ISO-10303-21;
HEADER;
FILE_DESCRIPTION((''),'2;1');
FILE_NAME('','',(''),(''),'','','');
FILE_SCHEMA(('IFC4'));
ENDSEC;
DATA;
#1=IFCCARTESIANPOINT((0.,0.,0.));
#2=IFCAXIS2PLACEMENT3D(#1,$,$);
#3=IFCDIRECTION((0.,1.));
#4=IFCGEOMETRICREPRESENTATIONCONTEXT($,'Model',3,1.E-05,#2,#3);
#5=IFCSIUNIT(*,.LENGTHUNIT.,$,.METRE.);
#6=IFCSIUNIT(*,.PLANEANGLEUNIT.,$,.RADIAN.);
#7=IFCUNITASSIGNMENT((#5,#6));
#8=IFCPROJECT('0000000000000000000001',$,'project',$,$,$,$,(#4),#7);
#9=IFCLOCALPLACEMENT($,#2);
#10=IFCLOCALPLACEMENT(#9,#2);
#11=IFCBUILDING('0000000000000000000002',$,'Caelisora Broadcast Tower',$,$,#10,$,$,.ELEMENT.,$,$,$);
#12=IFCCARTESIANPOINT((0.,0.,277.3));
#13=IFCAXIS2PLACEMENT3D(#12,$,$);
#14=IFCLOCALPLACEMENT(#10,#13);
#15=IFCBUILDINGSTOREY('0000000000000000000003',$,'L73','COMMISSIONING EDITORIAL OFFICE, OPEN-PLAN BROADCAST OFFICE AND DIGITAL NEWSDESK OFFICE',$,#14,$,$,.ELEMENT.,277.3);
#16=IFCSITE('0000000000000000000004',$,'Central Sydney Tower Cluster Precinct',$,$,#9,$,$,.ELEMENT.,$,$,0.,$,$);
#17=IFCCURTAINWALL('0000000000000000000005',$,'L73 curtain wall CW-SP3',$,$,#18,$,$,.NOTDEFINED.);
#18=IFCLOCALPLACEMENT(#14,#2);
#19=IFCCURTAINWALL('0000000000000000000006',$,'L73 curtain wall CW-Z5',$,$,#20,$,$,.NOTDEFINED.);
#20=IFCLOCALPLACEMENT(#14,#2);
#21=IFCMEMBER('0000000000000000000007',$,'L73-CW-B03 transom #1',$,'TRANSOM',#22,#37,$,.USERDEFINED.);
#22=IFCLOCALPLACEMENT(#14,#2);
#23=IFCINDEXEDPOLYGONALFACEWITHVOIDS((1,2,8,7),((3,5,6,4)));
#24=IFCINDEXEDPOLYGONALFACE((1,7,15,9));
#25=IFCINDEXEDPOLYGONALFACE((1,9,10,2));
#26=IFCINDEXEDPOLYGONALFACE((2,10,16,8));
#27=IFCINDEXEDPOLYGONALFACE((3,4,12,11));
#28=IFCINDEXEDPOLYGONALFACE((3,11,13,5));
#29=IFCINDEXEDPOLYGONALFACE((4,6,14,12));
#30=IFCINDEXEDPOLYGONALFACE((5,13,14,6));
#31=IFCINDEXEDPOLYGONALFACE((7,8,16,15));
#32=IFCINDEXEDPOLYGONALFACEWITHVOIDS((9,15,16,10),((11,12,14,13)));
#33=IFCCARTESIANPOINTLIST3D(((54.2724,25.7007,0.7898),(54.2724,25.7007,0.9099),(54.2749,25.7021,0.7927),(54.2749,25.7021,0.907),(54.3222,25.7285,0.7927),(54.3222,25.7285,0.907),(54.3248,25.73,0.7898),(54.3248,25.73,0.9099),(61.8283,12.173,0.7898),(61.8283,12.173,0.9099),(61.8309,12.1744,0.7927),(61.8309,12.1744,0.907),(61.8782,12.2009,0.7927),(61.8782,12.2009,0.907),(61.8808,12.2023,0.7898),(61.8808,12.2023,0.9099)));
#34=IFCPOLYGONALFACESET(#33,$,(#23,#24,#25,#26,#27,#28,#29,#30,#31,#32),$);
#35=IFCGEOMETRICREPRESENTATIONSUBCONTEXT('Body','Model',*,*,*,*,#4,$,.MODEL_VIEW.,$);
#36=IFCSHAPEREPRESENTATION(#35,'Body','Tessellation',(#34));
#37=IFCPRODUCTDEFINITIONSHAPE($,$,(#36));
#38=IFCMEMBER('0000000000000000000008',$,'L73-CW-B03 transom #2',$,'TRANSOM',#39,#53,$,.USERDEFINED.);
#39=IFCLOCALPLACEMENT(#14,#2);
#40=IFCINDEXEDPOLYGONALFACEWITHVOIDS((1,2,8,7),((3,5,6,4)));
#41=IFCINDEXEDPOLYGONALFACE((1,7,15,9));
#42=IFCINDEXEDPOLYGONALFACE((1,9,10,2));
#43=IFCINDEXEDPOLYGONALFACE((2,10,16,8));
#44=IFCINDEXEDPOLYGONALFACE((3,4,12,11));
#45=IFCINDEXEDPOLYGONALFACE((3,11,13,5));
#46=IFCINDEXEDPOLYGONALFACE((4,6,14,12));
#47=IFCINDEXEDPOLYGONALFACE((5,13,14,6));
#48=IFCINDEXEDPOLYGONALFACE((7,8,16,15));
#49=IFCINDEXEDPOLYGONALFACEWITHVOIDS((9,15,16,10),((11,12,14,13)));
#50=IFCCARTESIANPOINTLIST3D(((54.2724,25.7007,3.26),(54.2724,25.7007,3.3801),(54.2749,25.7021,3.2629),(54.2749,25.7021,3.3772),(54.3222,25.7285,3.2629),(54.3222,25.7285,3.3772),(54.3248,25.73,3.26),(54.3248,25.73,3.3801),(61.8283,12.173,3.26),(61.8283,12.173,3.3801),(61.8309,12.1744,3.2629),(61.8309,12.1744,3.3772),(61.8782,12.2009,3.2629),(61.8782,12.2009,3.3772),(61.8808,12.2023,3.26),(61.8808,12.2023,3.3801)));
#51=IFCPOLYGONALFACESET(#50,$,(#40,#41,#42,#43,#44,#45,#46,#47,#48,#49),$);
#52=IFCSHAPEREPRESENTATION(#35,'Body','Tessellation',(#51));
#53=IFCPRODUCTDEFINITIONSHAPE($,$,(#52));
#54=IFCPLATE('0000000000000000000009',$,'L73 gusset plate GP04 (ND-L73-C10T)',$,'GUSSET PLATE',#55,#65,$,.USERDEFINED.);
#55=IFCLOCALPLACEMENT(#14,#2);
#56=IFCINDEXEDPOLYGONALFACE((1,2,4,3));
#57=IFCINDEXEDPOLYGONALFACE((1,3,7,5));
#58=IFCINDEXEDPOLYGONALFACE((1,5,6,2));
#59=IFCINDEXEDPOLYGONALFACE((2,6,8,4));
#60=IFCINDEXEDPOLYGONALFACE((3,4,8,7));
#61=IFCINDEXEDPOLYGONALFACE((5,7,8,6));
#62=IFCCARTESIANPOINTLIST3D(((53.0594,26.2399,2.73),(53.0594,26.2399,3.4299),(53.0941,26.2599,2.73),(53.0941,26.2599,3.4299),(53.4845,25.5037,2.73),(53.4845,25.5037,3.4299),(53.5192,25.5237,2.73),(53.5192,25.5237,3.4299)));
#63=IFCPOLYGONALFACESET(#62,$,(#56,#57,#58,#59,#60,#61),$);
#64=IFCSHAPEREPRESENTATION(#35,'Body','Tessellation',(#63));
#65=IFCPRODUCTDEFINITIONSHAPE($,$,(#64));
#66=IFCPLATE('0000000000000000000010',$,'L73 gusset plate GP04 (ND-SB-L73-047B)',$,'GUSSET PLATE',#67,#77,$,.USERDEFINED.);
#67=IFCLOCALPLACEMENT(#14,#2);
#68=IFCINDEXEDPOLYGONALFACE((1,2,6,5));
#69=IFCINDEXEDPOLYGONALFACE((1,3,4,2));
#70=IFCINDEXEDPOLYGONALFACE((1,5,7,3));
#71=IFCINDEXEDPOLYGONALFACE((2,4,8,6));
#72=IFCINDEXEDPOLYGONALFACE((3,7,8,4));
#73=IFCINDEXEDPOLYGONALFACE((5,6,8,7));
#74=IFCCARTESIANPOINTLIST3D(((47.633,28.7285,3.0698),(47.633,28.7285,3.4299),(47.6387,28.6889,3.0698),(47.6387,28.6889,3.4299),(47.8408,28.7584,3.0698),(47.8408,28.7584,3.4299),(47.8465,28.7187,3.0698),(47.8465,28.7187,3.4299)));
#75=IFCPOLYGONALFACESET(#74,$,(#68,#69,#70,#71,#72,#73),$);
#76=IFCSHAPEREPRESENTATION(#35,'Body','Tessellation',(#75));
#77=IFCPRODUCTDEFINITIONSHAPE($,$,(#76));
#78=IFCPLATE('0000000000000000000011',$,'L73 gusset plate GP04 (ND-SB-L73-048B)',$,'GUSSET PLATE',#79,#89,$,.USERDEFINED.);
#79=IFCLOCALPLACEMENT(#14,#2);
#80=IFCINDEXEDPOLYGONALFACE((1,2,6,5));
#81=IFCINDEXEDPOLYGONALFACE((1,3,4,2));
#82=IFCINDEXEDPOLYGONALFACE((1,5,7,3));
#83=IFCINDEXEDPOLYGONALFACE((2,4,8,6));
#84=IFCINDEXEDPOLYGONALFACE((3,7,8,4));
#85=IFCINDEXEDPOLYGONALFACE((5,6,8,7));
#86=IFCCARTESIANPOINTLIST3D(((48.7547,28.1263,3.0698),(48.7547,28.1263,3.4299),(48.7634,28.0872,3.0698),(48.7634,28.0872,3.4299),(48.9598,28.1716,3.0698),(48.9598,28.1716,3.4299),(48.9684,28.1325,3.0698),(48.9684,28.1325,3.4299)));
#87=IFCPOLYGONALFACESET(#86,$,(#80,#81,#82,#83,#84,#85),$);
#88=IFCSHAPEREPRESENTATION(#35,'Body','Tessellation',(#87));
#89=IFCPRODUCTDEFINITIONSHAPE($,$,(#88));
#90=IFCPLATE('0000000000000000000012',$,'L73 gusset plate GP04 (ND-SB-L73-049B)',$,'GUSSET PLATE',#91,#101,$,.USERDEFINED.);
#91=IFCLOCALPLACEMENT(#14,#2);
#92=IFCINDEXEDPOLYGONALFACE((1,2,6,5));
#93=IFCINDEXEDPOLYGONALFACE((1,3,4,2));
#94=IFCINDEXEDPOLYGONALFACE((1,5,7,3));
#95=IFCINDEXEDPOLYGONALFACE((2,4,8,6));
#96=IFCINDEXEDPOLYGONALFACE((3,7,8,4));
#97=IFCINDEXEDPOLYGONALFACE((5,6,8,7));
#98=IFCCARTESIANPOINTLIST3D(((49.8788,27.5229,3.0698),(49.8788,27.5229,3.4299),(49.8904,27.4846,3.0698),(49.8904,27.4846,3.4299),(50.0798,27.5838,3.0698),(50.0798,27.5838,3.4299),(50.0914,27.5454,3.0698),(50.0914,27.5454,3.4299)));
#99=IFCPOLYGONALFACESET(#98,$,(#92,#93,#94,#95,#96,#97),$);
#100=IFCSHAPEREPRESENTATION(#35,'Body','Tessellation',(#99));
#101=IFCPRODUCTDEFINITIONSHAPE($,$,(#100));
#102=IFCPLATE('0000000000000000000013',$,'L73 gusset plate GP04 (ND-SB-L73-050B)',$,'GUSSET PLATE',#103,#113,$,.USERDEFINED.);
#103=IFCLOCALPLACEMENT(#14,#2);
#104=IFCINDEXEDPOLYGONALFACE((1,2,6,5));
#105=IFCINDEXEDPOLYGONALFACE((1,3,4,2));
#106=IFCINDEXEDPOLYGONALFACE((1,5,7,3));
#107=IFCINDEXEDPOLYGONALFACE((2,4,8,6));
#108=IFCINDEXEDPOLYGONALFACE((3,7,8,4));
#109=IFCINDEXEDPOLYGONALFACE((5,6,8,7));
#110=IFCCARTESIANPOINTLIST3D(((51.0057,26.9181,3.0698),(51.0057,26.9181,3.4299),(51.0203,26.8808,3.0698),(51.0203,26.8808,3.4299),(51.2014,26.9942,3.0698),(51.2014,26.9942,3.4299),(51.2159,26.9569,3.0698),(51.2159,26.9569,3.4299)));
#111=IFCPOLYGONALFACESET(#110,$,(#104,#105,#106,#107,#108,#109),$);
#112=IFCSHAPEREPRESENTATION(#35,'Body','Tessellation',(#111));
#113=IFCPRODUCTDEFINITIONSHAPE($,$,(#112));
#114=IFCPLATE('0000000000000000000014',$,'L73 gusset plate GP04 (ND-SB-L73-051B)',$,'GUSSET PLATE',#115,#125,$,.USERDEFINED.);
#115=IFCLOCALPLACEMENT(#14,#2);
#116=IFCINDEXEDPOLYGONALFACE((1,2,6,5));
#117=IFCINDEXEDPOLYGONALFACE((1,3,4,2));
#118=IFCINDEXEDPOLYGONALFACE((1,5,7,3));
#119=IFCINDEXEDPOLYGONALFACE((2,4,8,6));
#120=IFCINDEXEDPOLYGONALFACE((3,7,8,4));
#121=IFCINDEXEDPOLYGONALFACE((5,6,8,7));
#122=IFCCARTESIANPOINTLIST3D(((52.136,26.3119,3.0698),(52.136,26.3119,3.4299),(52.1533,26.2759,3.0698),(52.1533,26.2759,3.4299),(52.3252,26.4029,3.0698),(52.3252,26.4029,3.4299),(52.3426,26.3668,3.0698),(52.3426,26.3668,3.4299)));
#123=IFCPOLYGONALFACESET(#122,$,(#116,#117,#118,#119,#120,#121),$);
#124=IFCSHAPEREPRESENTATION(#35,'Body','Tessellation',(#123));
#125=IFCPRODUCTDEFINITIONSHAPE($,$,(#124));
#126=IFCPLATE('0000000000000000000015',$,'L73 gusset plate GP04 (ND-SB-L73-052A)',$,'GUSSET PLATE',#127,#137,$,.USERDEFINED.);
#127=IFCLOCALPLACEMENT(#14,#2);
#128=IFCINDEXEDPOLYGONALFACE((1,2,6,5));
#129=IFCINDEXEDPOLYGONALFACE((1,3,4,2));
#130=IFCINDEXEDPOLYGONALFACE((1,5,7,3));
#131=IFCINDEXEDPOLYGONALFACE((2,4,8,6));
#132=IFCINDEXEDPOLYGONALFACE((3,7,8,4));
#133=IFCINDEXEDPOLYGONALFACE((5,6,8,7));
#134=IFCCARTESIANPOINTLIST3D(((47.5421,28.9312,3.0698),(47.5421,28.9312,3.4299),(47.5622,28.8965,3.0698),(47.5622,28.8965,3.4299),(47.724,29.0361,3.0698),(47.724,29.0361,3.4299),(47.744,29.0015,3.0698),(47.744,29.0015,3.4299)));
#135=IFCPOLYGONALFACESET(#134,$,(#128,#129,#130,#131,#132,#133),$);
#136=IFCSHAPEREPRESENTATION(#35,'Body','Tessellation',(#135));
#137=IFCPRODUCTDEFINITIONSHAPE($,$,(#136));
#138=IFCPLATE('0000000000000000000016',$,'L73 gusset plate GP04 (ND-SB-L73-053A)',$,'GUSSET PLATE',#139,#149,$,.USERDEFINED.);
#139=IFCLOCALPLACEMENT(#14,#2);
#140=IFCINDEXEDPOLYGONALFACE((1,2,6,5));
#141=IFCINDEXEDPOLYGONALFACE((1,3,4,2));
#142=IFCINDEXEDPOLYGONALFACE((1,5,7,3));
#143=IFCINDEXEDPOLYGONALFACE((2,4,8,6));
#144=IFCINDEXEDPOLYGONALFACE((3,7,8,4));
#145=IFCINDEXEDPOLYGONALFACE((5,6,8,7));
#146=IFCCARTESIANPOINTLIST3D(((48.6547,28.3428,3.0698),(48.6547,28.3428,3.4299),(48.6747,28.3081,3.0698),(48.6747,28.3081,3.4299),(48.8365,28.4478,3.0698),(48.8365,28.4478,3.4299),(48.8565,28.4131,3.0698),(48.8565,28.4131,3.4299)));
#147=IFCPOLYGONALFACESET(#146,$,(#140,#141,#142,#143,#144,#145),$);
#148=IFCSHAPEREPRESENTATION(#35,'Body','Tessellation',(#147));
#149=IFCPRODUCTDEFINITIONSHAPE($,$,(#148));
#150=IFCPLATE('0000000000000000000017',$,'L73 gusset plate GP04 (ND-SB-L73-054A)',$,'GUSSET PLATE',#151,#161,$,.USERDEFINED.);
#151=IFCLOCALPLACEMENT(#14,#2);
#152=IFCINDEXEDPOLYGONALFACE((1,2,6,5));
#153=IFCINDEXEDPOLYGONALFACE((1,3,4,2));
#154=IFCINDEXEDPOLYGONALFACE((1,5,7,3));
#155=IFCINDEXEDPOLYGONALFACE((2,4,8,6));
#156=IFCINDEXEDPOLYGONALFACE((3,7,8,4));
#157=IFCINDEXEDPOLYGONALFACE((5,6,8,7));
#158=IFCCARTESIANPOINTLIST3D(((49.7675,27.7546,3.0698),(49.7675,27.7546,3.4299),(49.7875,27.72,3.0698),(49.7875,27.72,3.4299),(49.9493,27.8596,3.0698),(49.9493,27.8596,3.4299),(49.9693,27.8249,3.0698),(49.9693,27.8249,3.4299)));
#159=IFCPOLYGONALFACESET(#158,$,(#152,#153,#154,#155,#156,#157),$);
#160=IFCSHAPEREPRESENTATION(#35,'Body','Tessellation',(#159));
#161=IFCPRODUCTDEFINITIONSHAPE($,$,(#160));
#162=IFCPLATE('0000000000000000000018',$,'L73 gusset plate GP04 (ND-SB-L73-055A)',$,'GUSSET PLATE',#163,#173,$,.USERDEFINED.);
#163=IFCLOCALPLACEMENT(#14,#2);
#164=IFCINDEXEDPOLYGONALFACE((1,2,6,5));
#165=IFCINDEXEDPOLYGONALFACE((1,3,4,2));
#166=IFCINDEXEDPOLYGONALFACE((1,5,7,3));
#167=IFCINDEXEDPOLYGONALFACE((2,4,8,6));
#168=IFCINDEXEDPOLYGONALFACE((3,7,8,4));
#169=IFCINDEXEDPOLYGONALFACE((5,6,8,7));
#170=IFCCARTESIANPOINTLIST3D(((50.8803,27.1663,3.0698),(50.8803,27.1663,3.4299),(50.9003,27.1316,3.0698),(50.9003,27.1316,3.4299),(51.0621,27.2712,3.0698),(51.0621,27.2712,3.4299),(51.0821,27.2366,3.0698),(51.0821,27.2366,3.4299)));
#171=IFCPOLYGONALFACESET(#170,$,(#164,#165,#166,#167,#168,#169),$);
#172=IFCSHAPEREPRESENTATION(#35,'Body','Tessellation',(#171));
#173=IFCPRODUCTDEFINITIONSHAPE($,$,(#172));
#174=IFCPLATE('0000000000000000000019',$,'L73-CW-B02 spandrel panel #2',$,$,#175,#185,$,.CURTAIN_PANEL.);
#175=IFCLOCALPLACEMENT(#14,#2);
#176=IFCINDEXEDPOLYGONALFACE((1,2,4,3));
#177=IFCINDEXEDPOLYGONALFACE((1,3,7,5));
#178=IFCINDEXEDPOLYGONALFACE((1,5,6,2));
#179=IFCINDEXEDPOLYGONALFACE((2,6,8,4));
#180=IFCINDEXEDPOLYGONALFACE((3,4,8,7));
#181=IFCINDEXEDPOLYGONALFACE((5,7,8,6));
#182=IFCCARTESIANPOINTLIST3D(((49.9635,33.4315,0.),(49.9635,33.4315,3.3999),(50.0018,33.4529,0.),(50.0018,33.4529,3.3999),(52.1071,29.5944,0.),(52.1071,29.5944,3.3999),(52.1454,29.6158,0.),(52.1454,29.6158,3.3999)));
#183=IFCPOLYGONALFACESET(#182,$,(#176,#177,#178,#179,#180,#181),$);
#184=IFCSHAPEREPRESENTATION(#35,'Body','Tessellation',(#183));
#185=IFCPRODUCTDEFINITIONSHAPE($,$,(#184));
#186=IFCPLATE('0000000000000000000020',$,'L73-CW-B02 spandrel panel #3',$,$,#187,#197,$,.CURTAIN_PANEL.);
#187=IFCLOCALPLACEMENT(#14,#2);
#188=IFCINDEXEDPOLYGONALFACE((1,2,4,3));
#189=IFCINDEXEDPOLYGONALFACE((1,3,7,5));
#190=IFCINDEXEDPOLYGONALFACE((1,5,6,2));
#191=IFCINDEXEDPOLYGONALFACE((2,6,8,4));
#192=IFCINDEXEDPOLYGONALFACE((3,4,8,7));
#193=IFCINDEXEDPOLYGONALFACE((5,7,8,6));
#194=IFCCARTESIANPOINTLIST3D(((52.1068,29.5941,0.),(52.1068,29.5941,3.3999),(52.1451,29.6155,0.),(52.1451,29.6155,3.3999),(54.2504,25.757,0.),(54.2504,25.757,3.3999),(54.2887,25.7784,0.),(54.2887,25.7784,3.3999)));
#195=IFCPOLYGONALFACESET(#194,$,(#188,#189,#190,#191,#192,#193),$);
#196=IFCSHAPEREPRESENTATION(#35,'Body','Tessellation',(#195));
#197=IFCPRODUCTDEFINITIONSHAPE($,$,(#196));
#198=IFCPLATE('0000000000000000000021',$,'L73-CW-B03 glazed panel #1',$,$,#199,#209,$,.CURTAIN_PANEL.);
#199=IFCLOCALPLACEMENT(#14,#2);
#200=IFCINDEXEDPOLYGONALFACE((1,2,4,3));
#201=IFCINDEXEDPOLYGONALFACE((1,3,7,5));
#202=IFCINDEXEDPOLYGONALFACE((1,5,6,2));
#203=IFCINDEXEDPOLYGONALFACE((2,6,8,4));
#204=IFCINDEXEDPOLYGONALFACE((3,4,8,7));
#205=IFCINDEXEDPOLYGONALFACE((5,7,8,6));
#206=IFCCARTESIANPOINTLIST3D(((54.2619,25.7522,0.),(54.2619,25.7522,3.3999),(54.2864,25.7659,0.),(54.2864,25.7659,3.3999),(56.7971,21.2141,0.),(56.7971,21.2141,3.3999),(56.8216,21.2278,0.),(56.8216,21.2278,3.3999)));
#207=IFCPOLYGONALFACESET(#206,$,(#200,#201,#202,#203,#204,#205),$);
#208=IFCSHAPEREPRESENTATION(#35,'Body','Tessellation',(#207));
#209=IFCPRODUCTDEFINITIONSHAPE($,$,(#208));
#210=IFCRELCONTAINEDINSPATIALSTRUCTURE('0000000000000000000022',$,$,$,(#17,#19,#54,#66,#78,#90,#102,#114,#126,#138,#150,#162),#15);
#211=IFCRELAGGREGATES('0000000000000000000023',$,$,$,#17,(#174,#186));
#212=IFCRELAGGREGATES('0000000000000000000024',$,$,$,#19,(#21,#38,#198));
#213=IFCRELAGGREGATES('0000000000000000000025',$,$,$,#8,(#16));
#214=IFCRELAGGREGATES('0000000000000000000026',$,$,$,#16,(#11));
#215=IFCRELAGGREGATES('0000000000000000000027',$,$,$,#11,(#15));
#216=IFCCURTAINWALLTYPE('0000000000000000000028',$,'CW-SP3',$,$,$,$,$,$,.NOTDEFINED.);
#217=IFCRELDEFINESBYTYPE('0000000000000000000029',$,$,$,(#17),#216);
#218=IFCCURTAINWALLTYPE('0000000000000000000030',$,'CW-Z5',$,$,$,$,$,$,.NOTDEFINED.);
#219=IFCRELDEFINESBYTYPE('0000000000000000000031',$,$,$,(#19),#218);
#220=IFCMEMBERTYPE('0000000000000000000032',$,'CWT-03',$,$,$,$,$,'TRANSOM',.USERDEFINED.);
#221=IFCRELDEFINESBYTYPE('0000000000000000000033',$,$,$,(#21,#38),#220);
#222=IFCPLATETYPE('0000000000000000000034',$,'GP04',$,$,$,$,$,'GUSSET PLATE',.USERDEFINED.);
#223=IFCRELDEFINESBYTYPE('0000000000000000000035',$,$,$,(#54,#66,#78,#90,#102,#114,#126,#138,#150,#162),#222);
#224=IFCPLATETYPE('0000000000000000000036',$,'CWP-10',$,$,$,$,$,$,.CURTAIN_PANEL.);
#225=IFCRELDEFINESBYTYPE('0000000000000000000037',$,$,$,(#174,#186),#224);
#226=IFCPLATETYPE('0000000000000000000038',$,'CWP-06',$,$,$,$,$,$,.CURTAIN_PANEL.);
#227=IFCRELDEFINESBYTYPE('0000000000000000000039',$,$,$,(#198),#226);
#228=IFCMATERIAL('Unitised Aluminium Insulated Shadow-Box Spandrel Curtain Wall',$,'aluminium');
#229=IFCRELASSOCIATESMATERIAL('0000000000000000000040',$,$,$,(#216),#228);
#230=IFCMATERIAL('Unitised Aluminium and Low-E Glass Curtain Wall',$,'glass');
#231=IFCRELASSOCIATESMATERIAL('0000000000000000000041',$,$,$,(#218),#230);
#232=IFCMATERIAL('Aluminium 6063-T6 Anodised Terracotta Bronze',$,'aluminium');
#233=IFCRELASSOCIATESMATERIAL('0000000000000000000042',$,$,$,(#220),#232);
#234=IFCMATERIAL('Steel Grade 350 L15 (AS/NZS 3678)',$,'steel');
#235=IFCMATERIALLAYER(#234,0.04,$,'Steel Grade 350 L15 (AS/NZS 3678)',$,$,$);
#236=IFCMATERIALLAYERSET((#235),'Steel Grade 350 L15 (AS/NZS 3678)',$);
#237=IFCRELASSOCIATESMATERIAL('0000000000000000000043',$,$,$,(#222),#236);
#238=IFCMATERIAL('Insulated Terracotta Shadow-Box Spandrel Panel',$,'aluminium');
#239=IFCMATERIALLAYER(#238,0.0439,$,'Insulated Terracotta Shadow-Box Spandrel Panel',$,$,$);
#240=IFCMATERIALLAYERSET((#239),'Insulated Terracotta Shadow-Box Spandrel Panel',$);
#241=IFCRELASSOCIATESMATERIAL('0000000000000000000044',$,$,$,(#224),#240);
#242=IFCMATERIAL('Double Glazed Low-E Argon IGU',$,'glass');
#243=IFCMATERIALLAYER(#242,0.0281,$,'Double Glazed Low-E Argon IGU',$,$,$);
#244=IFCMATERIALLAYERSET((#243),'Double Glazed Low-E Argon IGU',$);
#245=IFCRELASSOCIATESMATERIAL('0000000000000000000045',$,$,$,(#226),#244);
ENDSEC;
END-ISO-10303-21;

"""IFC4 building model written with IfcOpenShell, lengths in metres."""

from ifc_helpers import new_model, si_unit, direction, frame, origin, origin_2d, place, context, subcontext, project, spatial, rectangle, hollow_rectangle, extrude, source, transform, mapped, material, layer, layer_set, material_profile, profile_set, type_object, type_shapes, element, aggregate, save


model = new_model("IFC4")

# Units and contexts
model_context = context("Model", 3, precision=1e-05, world=origin(), true_north=direction((0.0, 1.0)))
body_context = subcontext(model_context, "Body", "Model", "MODEL_VIEW")
ifc_project = project(units=[si_unit("LENGTHUNIT", "METRE"), si_unit("PLANEANGLEUNIT", "RADIAN")], contexts=[model_context])

# Site, building, storey
site_placement = place(None, origin())
site = spatial("IfcSite", under=ifc_project, at=site_placement, Name="Central Sydney Tower Cluster Precinct", CompositionType="ELEMENT", RefElevation=0.0)
building_placement = place(site_placement, origin())
building = spatial("IfcBuilding", under=site, at=building_placement, Name="Caelisora Broadcast Tower", CompositionType="ELEMENT")
storey_placement = place(building_placement, frame((0.0, 0.0, 277.3)))
storey = spatial("IfcBuildingStorey", under=building, at=storey_placement, Name="L73", Description="COMMISSIONING EDITORIAL OFFICE, OPEN-PLAN BROADCAST OFFICE AND DIGITAL NEWSDESK OFFICE", CompositionType="ELEMENT", Elevation=277.3)

# Shared definitions
ifc_material_1 = material(Name="Steel Grade 350 L15 (AS/NZS 3678)", Category="steel")

# Curtain walls, members
ifc_material_2 = material(Name="Unitised Aluminium Insulated Shadow-Box Spandrel Curtain Wall", Category="aluminium")
curtain_wall_type_1 = type_object("IfcCurtainWallType", Name="CW-SP3", PredefinedType="NOTDEFINED", material=ifc_material_2)
curtain_wall_1_placement = place(storey_placement, origin())
curtain_wall_1 = element("IfcCurtainWall", 1, at=curtain_wall_1_placement, inside=storey, type_object=curtain_wall_type_1, Name="L73 curtain wall CW-SP3", PredefinedType="NOTDEFINED")
ifc_material_3 = material(Name="Aluminium 6063-T6 Anodised Terracotta Bronze", Category="aluminium")
ifc_material_4 = material(Name="Unitised Aluminium and Low-E Glass Curtain Wall", Category="glass")
curtain_wall_type_2 = type_object("IfcCurtainWallType", Name="CW-Z5", PredefinedType="NOTDEFINED", material=ifc_material_4)
curtain_wall_2_placement = place(storey_placement, origin())
curtain_wall_2 = element("IfcCurtainWall", 2, at=curtain_wall_2_placement, inside=storey, type_object=curtain_wall_type_2, Name="L73 curtain wall CW-Z5", PredefinedType="NOTDEFINED")
ifc_material_profile_1 = material_profile(ifc_material_3, hollow_rectangle(XDim=0.0601, YDim=0.1201, WallThickness=0.0029, at=origin_2d()), Name="Aluminium 6063-T6 Anodised Terracotta Bronze")
ifc_profile_set_1 = profile_set([ifc_material_profile_1], Name="Aluminium 6063-T6 Anodised Terracotta Bronze")
member_type_1 = type_object("IfcMemberType", Name="CWT-03", ElementType="TRANSOM", PredefinedType="USERDEFINED", material=ifc_profile_set_1)
shared_shape_1 = source(origin(), body_context, "Body", "SweptSolid", [
    extrude(hollow_rectangle(XDim=0.0601, YDim=0.1201, WallThickness=0.0029, at=origin_2d()), origin(), (0.0, 0.0, 1.0), 15.4949),
])
type_shapes(member_type_1, [shared_shape_1])
member_1_placement = place(storey_placement, frame((54.2986, 25.7153, 0.8499), z_axis=(0.487643, -0.873043, 0.0), x_axis=(0.873043, 0.487643, 0.0)))
member_1 = element("IfcMember", 3, at=member_1_placement, type_object=member_type_1, Name="L73-CW-B03 transom #1", ObjectType="TRANSOM", PredefinedType="USERDEFINED", context=body_context, shape_type="MappedRepresentation", body=[
    mapped(shared_shape_1, transform((0.0, 0.0, 0.0), scale=1.0)),
])
member_2_placement = place(storey_placement, frame((54.2986, 25.7153, 3.3201), z_axis=(0.487643, -0.873043, 0.0), x_axis=(0.873043, 0.487643, 0.0)))
member_2 = element("IfcMember", 4, at=member_2_placement, type_object=member_type_1, Name="L73-CW-B03 transom #2", ObjectType="TRANSOM", PredefinedType="USERDEFINED", context=body_context, shape_type="MappedRepresentation", body=[
    mapped(shared_shape_1, transform((0.0, 0.0, 0.0), scale=1.0)),
])

# Plates
ifc_layer_1 = layer(ifc_material_1, 0.04, Name="Steel Grade 350 L15 (AS/NZS 3678)")
ifc_layer_set_1 = layer_set([ifc_layer_1], Name="Steel Grade 350 L15 (AS/NZS 3678)")
plate_type_1 = type_object("IfcPlateType", Name="GP04", ElementType="GUSSET PLATE", PredefinedType="USERDEFINED", material=ifc_layer_set_1)
shared_shape_2 = source(origin(), body_context, "Body", "SweptSolid", [
    extrude(rectangle(XDim=0.8501, YDim=0.04, at=origin_2d()), origin(), (0.0, 0.0, 1.0), 0.7),
])
plate_1_placement = place(storey_placement, frame((53.2893, 25.8818, 2.73), z_axis=(0.0, 0.0, 1.0), x_axis=(-0.5, 0.866025, 0.0)))
element("IfcPlate", 5, at=plate_1_placement, inside=storey, type_object=plate_type_1, Name="L73 gusset plate GP04 (ND-L73-C10T)", ObjectType="GUSSET PLATE", PredefinedType="USERDEFINED", context=body_context, shape_type="MappedRepresentation", body=[
    mapped(shared_shape_2, transform((0.0, 0.0, 0.0), scale=1.0)),
])
shared_shape_3 = source(origin(), body_context, "Body", "SweptSolid", [
    extrude(rectangle(XDim=0.21, YDim=0.04, at=origin_2d()), origin(), (0.0, 0.0, 1.0), 0.3601),
])
type_shapes(plate_type_1, [shared_shape_2, shared_shape_3])
for number, where, z_axis, x_axis, name in (
    (6, (47.7397, 28.7236, 3.0698), (0.0, 0.0, 1.0), (-0.989851, -0.142111, 0.0), "L73 gusset plate GP04 (ND-SB-L73-047B)"),
    (7, (48.8616, 28.1294, 3.0698), (0.0, 0.0, 1.0), (-0.976447, -0.215758, 0.0), "L73 gusset plate GP04 (ND-SB-L73-048B)"),
    (8, (49.9851, 27.5342, 3.0698), (0.0, 0.0, 1.0), (-0.957117, -0.2897, 0.0), "L73 gusset plate GP04 (ND-SB-L73-049B)"),
    (9, (51.1108, 26.9375, 3.0698), (0.0, 0.0, 1.0), (-0.931945, -0.362601, 0.0), "L73 gusset plate GP04 (ND-SB-L73-050B)"),
    (10, (52.2393, 26.3394, 3.0698), (0.0, 0.0, 1.0), (-0.90138, -0.43303, 0.0), "L73 gusset plate GP04 (ND-SB-L73-051B)"),
    (11, (47.6431, 28.9663, 3.0698), (0.0, 0.0, 1.0), (-0.866025, -0.5, 0.0), "L73 gusset plate GP04 (ND-SB-L73-052A)"),
    (12, (48.7556, 28.3779, 3.0698), (0.0, 0.0, 1.0), (-0.866025, -0.5, 0.0), "L73 gusset plate GP04 (ND-SB-L73-053A)"),
    (13, (49.8684, 27.7898, 3.0698), (0.0, 0.0, 1.0), (-0.866025, -0.5, 0.0), "L73 gusset plate GP04 (ND-SB-L73-054A)"),
    (14, (50.9812, 27.2014, 3.0698), (0.0, 0.0, 1.0), (-0.866025, -0.5, 0.0), "L73 gusset plate GP04 (ND-SB-L73-055A)"),
):
    element("IfcPlate", number, at=place(storey_placement, frame(where, z_axis=z_axis, x_axis=x_axis)), inside=storey, type_object=plate_type_1, Name=name, ObjectType="GUSSET PLATE", PredefinedType="USERDEFINED", context=body_context, shape_type="MappedRepresentation", body=[
        mapped(shared_shape_3, transform((0.0, 0.0, 0.0), scale=1.0)),
    ])

# Plates
ifc_material_5 = material(Name="Insulated Terracotta Shadow-Box Spandrel Panel", Category="aluminium")
ifc_layer_2 = layer(ifc_material_5, 0.0439, Name="Insulated Terracotta Shadow-Box Spandrel Panel")
ifc_layer_set_2 = layer_set([ifc_layer_2], Name="Insulated Terracotta Shadow-Box Spandrel Panel")
plate_type_2 = type_object("IfcPlateType", Name="CWP-10", PredefinedType="CURTAIN_PANEL", material=ifc_layer_set_2)
shared_shape_4 = source(origin(), body_context, "Body", "SweptSolid", [
    extrude(rectangle(XDim=4.3953, YDim=0.0439, at=origin_2d()), origin(), (0.0, 0.0, 1.0), 3.3999),
])
type_shapes(plate_type_2, [shared_shape_4])
plate_2_placement = place(storey_placement, frame((51.0544, 31.5237, 0.0), z_axis=(0.0, 0.0, 1.0), x_axis=(0.487707, -0.873007, 0.0)))
plate_2 = element("IfcPlate", 15, at=plate_2_placement, type_object=plate_type_2, Name="L73-CW-B02 spandrel panel #2", PredefinedType="CURTAIN_PANEL", context=body_context, shape_type="MappedRepresentation", body=[
    mapped(shared_shape_4, transform((0.0, 0.0, 0.0), scale=1.0)),
])
plate_3_placement = place(storey_placement, frame((53.1978, 27.6863, 0.0), z_axis=(0.0, 0.0, 1.0), x_axis=(0.487707, -0.873007, 0.0)))
plate_3 = element("IfcPlate", 16, at=plate_3_placement, type_object=plate_type_2, Name="L73-CW-B02 spandrel panel #3", PredefinedType="CURTAIN_PANEL", context=body_context, shape_type="MappedRepresentation", body=[
    mapped(shared_shape_4, transform((0.0, 0.0, 0.0), scale=1.0)),
])
aggregate(curtain_wall_1, [plate_2, plate_3])
ifc_material_6 = material(Name="Double Glazed Low-E Argon IGU", Category="glass")
ifc_layer_3 = layer(ifc_material_6, 0.0281, Name="Double Glazed Low-E Argon IGU")
ifc_layer_set_3 = layer_set([ifc_layer_3], Name="Double Glazed Low-E Argon IGU")
plate_type_3 = type_object("IfcPlateType", Name="CWP-06", PredefinedType="CURTAIN_PANEL", material=ifc_layer_set_3)
shared_shape_5 = source(origin(), body_context, "Body", "SweptSolid", [
    extrude(rectangle(XDim=5.1982, YDim=0.0281, at=origin_2d()), origin(), (0.0, 0.0, 1.0), 3.3999),
])
type_shapes(plate_type_3, [shared_shape_5])
plate_4_placement = place(storey_placement, frame((55.5417, 23.49, 0.0), z_axis=(0.0, 0.0, 1.0), x_axis=(0.487707, -0.873007, 0.0)))
plate_4 = element("IfcPlate", 17, at=plate_4_placement, type_object=plate_type_3, Name="L73-CW-B03 glazed panel #1", PredefinedType="CURTAIN_PANEL", context=body_context, shape_type="MappedRepresentation", body=[
    mapped(shared_shape_5, transform((0.0, 0.0, 0.0), scale=1.0)),
])
aggregate(curtain_wall_2, [member_1, member_2, plate_4])

save(model, "model.ifc")
